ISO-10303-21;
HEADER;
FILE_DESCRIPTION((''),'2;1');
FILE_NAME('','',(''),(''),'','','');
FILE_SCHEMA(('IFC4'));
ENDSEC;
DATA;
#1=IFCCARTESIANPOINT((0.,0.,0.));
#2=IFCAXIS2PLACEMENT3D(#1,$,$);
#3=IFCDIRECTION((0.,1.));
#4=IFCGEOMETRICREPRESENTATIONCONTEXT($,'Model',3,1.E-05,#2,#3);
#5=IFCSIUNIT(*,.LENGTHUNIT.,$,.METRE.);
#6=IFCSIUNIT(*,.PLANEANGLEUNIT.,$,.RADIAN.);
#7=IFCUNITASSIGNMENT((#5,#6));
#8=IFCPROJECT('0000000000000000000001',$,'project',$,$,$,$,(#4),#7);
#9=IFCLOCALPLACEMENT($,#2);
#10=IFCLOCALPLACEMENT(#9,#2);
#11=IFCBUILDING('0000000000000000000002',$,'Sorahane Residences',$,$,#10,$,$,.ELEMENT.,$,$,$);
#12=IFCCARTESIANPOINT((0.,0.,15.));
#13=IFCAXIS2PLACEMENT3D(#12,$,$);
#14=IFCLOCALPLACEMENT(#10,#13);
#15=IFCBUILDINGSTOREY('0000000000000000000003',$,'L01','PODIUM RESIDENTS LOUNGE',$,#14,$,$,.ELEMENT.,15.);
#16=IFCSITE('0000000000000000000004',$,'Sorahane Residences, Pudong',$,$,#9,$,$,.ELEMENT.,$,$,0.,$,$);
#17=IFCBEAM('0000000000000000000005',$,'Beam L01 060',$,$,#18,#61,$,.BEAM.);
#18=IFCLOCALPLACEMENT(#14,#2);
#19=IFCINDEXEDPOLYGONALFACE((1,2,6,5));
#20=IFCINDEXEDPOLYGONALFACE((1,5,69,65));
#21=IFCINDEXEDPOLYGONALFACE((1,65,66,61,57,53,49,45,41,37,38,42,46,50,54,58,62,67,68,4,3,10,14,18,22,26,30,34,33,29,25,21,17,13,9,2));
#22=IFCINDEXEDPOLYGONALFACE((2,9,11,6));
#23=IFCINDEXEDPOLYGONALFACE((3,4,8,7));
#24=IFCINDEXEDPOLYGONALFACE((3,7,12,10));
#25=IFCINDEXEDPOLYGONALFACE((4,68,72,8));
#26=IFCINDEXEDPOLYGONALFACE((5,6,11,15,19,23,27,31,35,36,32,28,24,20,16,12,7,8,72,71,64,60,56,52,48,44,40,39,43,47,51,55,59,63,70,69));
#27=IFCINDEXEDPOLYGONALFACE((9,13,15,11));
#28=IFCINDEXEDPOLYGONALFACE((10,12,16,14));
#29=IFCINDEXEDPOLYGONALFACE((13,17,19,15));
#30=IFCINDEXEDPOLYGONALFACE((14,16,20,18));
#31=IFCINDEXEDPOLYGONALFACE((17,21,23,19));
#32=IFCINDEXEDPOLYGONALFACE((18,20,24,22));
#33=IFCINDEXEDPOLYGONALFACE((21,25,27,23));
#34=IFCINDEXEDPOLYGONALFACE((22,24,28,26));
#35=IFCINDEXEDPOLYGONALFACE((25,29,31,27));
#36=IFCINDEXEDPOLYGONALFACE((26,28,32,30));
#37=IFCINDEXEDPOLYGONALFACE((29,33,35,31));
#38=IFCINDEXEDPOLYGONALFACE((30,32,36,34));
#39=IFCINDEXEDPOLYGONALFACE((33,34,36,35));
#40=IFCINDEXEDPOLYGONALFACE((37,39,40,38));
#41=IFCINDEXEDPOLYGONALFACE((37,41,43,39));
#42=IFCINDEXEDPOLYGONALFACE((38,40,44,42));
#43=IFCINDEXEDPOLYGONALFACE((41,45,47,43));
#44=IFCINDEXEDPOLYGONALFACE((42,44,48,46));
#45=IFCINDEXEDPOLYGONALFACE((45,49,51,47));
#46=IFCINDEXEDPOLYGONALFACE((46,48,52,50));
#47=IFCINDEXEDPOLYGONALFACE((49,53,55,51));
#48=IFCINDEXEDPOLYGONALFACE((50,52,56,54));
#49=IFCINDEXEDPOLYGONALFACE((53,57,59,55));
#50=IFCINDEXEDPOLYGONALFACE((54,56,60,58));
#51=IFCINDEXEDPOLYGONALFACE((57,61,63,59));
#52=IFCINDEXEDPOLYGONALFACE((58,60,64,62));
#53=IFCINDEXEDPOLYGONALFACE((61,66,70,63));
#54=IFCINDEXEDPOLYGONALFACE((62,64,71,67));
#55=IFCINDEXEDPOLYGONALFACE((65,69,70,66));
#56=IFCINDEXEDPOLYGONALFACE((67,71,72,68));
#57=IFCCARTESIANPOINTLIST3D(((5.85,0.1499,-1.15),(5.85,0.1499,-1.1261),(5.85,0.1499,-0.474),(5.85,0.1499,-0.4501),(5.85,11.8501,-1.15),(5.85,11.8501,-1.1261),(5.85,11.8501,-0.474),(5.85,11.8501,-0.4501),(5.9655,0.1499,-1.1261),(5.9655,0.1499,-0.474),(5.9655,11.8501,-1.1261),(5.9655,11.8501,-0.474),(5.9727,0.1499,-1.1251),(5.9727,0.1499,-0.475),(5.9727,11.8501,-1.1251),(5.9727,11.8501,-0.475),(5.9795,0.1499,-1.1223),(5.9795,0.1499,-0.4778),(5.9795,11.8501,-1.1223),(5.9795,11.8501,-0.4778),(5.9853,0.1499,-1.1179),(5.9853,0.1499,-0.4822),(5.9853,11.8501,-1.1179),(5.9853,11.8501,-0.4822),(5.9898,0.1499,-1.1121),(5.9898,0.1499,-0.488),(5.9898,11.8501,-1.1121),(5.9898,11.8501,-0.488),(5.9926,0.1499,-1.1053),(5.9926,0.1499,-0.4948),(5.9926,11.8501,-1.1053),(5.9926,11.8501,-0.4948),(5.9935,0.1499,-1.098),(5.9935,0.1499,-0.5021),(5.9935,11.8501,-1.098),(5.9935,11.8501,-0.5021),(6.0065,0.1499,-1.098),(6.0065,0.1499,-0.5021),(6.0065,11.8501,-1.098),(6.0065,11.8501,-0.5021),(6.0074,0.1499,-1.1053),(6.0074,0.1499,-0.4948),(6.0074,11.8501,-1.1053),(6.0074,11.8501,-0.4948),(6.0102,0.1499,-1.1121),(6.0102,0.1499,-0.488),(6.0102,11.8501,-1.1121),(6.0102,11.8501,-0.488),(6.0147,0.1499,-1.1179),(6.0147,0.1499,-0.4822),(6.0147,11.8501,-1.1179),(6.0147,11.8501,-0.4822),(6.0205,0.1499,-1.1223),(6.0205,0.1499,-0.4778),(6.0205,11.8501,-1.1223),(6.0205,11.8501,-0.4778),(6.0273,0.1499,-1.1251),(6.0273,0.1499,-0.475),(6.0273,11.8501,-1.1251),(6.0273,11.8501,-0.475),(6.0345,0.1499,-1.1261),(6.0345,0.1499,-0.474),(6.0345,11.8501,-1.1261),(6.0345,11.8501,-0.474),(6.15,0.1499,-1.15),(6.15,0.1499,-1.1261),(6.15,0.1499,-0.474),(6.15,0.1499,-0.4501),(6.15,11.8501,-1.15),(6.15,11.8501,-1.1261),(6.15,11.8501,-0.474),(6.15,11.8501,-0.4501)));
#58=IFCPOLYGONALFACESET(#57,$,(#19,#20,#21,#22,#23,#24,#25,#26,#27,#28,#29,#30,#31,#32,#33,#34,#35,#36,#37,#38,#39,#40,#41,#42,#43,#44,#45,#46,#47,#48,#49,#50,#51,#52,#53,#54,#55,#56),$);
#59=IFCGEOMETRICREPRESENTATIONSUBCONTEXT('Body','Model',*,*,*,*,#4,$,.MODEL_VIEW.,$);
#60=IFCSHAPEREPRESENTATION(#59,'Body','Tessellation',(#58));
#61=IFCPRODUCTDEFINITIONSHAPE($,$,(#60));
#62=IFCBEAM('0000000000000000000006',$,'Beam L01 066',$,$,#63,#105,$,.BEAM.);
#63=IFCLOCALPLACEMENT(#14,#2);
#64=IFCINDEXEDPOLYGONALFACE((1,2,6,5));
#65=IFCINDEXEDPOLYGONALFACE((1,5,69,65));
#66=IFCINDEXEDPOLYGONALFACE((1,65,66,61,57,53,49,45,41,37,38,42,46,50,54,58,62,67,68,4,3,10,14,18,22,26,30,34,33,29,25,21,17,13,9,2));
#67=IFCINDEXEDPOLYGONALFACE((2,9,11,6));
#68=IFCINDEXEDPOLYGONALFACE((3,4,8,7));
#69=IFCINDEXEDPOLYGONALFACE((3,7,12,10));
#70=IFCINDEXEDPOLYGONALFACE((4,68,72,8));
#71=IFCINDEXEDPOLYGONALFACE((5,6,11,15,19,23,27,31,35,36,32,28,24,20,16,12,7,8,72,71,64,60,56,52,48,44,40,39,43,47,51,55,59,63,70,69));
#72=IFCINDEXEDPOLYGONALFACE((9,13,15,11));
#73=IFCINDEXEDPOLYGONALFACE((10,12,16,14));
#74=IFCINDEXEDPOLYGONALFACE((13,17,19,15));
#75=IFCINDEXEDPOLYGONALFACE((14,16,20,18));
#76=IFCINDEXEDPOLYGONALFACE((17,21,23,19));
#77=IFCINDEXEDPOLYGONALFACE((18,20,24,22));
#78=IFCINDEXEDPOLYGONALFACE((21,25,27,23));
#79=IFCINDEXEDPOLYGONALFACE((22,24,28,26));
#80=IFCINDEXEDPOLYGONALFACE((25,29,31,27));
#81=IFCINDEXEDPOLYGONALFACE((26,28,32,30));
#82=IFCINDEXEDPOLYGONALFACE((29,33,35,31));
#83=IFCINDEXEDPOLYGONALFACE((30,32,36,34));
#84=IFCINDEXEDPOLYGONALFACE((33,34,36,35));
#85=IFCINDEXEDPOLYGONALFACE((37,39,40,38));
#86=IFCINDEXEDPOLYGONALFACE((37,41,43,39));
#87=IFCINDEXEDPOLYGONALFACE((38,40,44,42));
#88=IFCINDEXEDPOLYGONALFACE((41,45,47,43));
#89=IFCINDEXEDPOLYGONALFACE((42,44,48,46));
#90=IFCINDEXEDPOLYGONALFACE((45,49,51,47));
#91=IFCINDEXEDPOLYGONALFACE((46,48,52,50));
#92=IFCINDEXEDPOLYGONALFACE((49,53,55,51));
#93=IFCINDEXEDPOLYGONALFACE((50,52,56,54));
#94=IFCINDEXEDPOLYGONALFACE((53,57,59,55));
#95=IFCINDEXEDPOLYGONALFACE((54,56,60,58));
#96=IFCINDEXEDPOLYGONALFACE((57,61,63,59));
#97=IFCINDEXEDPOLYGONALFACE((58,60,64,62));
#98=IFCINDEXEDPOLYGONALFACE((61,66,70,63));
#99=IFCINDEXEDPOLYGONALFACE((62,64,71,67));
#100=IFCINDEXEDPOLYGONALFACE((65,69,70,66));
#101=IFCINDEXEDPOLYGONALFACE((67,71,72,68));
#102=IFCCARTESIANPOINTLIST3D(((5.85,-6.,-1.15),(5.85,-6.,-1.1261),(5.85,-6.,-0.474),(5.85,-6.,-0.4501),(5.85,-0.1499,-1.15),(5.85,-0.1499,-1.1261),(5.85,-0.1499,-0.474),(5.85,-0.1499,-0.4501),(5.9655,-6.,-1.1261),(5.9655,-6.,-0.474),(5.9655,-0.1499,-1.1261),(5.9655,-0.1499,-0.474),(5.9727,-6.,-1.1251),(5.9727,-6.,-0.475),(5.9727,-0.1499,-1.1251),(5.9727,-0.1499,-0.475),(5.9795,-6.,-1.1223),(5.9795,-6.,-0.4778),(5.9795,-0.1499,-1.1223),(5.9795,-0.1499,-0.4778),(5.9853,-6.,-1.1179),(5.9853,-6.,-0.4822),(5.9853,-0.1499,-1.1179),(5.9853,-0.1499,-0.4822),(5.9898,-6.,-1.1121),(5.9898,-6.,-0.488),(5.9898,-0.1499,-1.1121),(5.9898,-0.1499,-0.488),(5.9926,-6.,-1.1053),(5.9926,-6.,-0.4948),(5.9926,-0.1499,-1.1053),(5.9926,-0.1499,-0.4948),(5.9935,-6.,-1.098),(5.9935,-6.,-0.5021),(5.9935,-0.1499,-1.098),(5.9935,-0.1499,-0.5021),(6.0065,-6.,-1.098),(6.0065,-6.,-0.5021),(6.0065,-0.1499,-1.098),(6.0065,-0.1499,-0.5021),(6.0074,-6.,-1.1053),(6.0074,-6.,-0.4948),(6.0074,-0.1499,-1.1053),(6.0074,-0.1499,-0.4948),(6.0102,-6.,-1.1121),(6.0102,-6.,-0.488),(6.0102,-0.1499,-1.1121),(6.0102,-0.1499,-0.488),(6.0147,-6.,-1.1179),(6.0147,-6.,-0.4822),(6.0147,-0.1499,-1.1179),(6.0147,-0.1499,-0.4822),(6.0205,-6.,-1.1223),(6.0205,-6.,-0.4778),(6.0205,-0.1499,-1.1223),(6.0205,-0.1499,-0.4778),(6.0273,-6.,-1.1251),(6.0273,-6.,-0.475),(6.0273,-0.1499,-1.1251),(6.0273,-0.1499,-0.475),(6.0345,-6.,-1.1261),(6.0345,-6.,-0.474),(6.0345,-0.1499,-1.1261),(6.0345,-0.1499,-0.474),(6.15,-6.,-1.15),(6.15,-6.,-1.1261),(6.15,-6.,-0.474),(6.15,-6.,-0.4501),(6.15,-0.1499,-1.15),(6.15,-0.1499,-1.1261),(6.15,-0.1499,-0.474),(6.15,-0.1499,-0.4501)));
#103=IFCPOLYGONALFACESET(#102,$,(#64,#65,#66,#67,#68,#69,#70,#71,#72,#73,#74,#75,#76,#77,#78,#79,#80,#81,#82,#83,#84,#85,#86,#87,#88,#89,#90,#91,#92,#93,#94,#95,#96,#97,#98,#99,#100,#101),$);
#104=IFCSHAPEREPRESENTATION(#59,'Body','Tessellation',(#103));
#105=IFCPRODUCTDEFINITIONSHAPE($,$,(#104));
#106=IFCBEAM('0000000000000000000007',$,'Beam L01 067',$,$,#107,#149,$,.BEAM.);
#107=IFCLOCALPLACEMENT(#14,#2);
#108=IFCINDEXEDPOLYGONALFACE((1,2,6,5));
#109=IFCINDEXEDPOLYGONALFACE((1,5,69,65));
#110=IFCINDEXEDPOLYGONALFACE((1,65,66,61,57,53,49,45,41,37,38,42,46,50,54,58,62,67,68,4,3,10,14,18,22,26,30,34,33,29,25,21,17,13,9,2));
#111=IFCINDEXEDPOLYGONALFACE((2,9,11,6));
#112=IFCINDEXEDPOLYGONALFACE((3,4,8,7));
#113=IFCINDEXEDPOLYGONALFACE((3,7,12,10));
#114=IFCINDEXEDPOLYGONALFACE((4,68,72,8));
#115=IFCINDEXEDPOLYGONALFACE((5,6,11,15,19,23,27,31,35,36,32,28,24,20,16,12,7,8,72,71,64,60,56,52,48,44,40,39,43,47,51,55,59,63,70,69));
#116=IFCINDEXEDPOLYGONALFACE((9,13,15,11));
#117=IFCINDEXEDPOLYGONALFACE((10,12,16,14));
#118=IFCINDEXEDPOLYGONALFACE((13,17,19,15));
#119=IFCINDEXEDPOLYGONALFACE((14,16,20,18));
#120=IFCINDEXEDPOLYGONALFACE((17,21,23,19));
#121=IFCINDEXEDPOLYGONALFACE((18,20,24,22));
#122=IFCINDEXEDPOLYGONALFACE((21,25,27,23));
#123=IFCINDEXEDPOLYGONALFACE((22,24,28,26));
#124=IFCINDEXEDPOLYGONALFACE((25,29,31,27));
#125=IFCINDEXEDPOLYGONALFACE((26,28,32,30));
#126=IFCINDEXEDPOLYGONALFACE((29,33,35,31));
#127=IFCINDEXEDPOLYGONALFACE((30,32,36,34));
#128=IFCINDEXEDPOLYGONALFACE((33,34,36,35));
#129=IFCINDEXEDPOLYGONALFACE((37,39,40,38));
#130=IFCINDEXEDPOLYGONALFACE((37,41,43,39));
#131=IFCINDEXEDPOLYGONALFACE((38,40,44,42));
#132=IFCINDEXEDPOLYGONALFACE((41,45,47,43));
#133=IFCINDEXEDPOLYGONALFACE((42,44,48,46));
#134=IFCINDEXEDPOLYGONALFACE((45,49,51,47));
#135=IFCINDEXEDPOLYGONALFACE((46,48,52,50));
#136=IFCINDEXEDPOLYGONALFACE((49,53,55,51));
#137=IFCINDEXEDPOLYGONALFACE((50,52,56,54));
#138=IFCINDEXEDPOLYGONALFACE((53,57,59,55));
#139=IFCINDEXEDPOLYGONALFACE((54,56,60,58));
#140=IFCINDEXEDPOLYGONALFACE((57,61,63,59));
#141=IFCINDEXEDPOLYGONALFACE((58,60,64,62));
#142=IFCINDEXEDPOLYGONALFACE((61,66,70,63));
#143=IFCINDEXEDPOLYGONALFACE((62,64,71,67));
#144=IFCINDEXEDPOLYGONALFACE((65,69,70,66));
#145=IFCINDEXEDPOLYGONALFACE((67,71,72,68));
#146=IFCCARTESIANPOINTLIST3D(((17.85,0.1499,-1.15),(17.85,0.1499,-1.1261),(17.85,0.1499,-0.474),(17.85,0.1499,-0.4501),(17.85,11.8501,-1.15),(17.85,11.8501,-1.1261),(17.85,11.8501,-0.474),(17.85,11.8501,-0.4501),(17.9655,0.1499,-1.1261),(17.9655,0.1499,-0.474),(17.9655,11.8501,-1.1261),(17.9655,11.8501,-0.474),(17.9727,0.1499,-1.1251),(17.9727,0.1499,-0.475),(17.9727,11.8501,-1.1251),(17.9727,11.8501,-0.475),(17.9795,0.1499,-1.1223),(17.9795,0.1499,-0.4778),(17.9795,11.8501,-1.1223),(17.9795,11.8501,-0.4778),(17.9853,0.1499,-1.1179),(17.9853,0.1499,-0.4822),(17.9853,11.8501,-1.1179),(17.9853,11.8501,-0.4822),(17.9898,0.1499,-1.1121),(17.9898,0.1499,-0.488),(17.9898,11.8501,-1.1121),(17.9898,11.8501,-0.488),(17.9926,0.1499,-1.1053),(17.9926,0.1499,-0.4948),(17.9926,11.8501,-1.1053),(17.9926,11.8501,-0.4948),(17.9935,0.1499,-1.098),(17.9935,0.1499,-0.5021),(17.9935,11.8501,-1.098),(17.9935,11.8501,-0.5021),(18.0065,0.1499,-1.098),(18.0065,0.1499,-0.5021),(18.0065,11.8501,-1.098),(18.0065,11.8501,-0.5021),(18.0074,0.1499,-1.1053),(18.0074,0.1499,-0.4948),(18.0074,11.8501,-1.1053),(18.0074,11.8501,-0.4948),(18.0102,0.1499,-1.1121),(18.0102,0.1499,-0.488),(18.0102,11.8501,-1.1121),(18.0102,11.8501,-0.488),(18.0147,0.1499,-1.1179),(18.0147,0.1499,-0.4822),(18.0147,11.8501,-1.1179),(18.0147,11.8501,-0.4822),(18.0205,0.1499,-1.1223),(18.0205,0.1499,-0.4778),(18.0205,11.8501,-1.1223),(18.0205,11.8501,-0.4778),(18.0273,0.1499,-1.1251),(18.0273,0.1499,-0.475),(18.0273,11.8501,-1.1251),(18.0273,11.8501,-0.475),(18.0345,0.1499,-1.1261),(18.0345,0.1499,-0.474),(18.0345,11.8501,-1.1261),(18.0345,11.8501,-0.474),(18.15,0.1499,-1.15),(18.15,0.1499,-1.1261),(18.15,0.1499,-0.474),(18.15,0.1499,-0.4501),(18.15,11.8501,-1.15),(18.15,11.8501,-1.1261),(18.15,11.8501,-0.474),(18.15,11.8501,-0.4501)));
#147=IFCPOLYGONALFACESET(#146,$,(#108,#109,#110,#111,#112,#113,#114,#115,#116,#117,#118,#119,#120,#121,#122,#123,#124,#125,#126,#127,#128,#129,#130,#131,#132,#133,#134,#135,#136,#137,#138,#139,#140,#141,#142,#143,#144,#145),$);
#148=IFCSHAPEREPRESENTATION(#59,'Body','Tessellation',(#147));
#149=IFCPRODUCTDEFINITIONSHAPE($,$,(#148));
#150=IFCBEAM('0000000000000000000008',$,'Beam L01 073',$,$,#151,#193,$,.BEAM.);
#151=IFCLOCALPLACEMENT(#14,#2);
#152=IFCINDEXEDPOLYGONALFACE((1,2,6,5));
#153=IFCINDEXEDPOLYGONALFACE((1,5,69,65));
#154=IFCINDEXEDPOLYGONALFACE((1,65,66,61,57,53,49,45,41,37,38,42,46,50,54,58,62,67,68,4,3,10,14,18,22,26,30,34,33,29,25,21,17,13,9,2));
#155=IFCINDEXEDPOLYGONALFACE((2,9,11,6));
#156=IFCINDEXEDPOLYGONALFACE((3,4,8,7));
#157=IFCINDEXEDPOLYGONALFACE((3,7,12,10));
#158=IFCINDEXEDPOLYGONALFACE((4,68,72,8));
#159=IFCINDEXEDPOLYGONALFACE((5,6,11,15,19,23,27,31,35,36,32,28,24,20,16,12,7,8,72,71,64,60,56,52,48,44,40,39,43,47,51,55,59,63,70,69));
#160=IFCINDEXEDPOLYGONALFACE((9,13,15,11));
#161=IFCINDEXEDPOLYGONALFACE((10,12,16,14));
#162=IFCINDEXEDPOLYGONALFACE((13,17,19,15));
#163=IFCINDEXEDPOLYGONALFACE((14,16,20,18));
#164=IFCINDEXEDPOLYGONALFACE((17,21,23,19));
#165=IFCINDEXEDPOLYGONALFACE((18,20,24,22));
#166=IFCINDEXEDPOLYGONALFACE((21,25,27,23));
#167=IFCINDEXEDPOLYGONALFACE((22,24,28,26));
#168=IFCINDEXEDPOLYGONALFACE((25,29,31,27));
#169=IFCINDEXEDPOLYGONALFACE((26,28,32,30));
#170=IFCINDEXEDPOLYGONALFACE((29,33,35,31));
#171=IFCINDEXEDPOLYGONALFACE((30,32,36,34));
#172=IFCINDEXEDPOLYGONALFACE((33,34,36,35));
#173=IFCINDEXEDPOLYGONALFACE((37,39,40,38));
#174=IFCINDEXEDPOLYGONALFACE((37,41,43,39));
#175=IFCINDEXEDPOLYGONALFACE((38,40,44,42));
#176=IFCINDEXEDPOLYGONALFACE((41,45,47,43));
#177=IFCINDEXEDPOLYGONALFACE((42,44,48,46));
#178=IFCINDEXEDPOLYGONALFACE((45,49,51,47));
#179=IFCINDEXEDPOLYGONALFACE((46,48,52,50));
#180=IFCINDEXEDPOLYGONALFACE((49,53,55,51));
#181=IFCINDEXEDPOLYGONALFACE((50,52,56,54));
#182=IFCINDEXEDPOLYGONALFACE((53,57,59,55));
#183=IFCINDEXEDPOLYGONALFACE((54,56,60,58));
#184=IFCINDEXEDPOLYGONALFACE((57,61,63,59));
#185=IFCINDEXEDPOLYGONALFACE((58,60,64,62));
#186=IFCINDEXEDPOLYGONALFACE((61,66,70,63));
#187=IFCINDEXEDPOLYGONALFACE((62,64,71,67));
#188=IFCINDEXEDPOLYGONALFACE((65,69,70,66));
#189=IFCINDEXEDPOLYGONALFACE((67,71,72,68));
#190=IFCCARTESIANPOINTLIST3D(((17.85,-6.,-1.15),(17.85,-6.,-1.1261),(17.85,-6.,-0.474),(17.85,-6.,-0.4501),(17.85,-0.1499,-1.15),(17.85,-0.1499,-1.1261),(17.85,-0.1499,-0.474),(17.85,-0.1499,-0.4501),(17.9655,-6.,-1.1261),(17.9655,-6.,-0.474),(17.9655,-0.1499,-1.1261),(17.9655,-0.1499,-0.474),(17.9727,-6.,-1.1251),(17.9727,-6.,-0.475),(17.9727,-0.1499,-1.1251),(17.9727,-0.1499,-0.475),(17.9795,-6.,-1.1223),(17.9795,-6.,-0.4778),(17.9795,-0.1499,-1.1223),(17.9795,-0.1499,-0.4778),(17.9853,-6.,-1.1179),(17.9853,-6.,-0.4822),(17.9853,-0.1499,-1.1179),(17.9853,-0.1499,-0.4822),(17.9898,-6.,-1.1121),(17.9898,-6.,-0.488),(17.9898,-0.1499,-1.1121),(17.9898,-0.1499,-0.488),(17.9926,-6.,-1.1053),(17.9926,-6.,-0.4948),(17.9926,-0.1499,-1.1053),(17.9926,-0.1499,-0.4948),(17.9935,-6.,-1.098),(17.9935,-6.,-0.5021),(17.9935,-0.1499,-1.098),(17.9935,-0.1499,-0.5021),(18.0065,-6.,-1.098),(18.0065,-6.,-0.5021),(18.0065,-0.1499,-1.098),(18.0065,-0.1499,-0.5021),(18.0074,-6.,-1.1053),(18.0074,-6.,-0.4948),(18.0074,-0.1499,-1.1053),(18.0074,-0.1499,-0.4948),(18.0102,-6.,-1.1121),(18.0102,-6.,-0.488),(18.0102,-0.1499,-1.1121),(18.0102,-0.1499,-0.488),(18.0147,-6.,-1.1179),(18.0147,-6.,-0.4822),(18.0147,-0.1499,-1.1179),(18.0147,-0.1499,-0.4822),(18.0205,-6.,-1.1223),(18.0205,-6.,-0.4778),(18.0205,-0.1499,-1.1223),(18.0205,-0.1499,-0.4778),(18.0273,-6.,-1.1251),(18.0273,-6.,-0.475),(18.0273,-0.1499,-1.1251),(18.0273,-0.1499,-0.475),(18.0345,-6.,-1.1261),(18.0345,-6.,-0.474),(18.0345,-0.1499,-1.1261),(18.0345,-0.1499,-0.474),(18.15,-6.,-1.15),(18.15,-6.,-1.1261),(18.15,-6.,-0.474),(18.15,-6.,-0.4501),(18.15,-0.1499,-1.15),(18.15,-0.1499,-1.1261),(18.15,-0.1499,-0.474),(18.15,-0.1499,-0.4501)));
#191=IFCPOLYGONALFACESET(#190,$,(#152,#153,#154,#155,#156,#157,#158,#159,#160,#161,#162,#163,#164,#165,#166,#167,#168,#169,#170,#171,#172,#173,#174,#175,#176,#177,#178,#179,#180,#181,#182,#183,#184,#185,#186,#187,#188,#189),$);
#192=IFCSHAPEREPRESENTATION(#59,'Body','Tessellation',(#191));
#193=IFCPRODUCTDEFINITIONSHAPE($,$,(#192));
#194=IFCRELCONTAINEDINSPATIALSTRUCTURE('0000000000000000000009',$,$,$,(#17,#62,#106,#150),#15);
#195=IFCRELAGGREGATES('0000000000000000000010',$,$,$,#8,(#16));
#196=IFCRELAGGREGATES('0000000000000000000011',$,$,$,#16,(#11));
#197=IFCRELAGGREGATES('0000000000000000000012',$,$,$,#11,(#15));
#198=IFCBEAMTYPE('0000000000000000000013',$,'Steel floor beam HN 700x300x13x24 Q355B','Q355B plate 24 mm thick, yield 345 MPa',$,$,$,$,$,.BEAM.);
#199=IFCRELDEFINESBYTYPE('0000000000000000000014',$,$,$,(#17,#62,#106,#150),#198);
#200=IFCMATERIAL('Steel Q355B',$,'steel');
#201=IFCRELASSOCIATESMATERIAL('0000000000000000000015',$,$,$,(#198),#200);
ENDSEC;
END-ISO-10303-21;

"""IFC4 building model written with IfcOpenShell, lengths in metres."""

from ifc_helpers import new_model, si_unit, direction, frame, origin, origin_2d, place, context, subcontext, project, spatial, i_section, extrude, material, material_profile, profile_set, type_object, element, save


model = new_model("IFC4")

# Units and contexts
model_context = context("Model", 3, precision=1e-05, world=origin(), true_north=direction((0.0, 1.0)))
body_context = subcontext(model_context, "Body", "Model", "MODEL_VIEW")
ifc_project = project(units=[si_unit("LENGTHUNIT", "METRE"), si_unit("PLANEANGLEUNIT", "RADIAN")], contexts=[model_context])

# Site, building, storey
site_placement = place(None, origin())
site = spatial("IfcSite", under=ifc_project, at=site_placement, Name="Sorahane Residences, Pudong", CompositionType="ELEMENT", RefElevation=0.0)
building_placement = place(site_placement, origin())
building = spatial("IfcBuilding", under=site, at=building_placement, Name="Sorahane Residences", CompositionType="ELEMENT")
storey_placement = place(building_placement, frame((0.0, 0.0, 15.0)))
storey = spatial("IfcBuildingStorey", under=building, at=storey_placement, Name="L01", Description="PODIUM RESIDENTS LOUNGE", CompositionType="ELEMENT", Elevation=15.0)

# Beams
ifc_material_1 = material(Name="Steel Q355B", Category="steel")
ifc_material_profile_1 = material_profile(ifc_material_1, i_section(OverallWidth=0.3, OverallDepth=0.7, WebThickness=0.0129, FlangeThickness=0.0239, FilletRadius=0.0281, at=origin_2d()), Name="HN 700x300x13x24")
ifc_profile_set_1 = profile_set([ifc_material_profile_1], Name="Steel Q355B")
beam_type = type_object("IfcBeamType", Name="Steel floor beam HN 700x300x13x24 Q355B", Description="Q355B plate 24 mm thick, yield 345 MPa", PredefinedType="BEAM", material=ifc_profile_set_1)
beam_1_placement = place(storey_placement, frame((6.0, 0.1499, -0.8), z_axis=(0.0, 1.0, 0.0), x_axis=(-1.0, 0.0, 0.0)))
element("IfcBeam", 1, at=beam_1_placement, inside=storey, type_object=beam_type, Name="Beam L01 060", PredefinedType="BEAM", context=body_context, shape_type="SweptSolid", body=[
    extrude(i_section(OverallWidth=0.3, OverallDepth=0.7, WebThickness=0.0129, FlangeThickness=0.0239, FilletRadius=0.0281, at=origin_2d()), origin(), (0.0, 0.0, 1.0), 11.7002),
])
beam_2_placement = place(storey_placement, frame((6.0, -6.0, -0.8), z_axis=(0.0, 1.0, 0.0), x_axis=(-1.0, 0.0, 0.0)))
element("IfcBeam", 2, at=beam_2_placement, inside=storey, type_object=beam_type, Name="Beam L01 066", PredefinedType="BEAM", context=body_context, shape_type="SweptSolid", body=[
    extrude(i_section(OverallWidth=0.3, OverallDepth=0.7, WebThickness=0.0129, FlangeThickness=0.0239, FilletRadius=0.0281, at=origin_2d()), origin(), (0.0, 0.0, 1.0), 5.8501),
])
beam_3_placement = place(storey_placement, frame((18.0, 0.1499, -0.8), z_axis=(0.0, 1.0, 0.0), x_axis=(-1.0, 0.0, 0.0)))
element("IfcBeam", 3, at=beam_3_placement, inside=storey, type_object=beam_type, Name="Beam L01 067", PredefinedType="BEAM", context=body_context, shape_type="SweptSolid", body=[
    extrude(i_section(OverallWidth=0.3, OverallDepth=0.7, WebThickness=0.0129, FlangeThickness=0.0239, FilletRadius=0.0281, at=origin_2d()), origin(), (0.0, 0.0, 1.0), 11.7002),
])
beam_4_placement = place(storey_placement, frame((18.0, -6.0, -0.8), z_axis=(0.0, 1.0, 0.0), x_axis=(-1.0, 0.0, 0.0)))
element("IfcBeam", 4, at=beam_4_placement, inside=storey, type_object=beam_type, Name="Beam L01 073", PredefinedType="BEAM", context=body_context, shape_type="SweptSolid", body=[
    extrude(i_section(OverallWidth=0.3, OverallDepth=0.7, WebThickness=0.0129, FlangeThickness=0.0239, FilletRadius=0.0281, at=origin_2d()), origin(), (0.0, 0.0, 1.0), 5.8501),
])

save(model, "model.ifc")
